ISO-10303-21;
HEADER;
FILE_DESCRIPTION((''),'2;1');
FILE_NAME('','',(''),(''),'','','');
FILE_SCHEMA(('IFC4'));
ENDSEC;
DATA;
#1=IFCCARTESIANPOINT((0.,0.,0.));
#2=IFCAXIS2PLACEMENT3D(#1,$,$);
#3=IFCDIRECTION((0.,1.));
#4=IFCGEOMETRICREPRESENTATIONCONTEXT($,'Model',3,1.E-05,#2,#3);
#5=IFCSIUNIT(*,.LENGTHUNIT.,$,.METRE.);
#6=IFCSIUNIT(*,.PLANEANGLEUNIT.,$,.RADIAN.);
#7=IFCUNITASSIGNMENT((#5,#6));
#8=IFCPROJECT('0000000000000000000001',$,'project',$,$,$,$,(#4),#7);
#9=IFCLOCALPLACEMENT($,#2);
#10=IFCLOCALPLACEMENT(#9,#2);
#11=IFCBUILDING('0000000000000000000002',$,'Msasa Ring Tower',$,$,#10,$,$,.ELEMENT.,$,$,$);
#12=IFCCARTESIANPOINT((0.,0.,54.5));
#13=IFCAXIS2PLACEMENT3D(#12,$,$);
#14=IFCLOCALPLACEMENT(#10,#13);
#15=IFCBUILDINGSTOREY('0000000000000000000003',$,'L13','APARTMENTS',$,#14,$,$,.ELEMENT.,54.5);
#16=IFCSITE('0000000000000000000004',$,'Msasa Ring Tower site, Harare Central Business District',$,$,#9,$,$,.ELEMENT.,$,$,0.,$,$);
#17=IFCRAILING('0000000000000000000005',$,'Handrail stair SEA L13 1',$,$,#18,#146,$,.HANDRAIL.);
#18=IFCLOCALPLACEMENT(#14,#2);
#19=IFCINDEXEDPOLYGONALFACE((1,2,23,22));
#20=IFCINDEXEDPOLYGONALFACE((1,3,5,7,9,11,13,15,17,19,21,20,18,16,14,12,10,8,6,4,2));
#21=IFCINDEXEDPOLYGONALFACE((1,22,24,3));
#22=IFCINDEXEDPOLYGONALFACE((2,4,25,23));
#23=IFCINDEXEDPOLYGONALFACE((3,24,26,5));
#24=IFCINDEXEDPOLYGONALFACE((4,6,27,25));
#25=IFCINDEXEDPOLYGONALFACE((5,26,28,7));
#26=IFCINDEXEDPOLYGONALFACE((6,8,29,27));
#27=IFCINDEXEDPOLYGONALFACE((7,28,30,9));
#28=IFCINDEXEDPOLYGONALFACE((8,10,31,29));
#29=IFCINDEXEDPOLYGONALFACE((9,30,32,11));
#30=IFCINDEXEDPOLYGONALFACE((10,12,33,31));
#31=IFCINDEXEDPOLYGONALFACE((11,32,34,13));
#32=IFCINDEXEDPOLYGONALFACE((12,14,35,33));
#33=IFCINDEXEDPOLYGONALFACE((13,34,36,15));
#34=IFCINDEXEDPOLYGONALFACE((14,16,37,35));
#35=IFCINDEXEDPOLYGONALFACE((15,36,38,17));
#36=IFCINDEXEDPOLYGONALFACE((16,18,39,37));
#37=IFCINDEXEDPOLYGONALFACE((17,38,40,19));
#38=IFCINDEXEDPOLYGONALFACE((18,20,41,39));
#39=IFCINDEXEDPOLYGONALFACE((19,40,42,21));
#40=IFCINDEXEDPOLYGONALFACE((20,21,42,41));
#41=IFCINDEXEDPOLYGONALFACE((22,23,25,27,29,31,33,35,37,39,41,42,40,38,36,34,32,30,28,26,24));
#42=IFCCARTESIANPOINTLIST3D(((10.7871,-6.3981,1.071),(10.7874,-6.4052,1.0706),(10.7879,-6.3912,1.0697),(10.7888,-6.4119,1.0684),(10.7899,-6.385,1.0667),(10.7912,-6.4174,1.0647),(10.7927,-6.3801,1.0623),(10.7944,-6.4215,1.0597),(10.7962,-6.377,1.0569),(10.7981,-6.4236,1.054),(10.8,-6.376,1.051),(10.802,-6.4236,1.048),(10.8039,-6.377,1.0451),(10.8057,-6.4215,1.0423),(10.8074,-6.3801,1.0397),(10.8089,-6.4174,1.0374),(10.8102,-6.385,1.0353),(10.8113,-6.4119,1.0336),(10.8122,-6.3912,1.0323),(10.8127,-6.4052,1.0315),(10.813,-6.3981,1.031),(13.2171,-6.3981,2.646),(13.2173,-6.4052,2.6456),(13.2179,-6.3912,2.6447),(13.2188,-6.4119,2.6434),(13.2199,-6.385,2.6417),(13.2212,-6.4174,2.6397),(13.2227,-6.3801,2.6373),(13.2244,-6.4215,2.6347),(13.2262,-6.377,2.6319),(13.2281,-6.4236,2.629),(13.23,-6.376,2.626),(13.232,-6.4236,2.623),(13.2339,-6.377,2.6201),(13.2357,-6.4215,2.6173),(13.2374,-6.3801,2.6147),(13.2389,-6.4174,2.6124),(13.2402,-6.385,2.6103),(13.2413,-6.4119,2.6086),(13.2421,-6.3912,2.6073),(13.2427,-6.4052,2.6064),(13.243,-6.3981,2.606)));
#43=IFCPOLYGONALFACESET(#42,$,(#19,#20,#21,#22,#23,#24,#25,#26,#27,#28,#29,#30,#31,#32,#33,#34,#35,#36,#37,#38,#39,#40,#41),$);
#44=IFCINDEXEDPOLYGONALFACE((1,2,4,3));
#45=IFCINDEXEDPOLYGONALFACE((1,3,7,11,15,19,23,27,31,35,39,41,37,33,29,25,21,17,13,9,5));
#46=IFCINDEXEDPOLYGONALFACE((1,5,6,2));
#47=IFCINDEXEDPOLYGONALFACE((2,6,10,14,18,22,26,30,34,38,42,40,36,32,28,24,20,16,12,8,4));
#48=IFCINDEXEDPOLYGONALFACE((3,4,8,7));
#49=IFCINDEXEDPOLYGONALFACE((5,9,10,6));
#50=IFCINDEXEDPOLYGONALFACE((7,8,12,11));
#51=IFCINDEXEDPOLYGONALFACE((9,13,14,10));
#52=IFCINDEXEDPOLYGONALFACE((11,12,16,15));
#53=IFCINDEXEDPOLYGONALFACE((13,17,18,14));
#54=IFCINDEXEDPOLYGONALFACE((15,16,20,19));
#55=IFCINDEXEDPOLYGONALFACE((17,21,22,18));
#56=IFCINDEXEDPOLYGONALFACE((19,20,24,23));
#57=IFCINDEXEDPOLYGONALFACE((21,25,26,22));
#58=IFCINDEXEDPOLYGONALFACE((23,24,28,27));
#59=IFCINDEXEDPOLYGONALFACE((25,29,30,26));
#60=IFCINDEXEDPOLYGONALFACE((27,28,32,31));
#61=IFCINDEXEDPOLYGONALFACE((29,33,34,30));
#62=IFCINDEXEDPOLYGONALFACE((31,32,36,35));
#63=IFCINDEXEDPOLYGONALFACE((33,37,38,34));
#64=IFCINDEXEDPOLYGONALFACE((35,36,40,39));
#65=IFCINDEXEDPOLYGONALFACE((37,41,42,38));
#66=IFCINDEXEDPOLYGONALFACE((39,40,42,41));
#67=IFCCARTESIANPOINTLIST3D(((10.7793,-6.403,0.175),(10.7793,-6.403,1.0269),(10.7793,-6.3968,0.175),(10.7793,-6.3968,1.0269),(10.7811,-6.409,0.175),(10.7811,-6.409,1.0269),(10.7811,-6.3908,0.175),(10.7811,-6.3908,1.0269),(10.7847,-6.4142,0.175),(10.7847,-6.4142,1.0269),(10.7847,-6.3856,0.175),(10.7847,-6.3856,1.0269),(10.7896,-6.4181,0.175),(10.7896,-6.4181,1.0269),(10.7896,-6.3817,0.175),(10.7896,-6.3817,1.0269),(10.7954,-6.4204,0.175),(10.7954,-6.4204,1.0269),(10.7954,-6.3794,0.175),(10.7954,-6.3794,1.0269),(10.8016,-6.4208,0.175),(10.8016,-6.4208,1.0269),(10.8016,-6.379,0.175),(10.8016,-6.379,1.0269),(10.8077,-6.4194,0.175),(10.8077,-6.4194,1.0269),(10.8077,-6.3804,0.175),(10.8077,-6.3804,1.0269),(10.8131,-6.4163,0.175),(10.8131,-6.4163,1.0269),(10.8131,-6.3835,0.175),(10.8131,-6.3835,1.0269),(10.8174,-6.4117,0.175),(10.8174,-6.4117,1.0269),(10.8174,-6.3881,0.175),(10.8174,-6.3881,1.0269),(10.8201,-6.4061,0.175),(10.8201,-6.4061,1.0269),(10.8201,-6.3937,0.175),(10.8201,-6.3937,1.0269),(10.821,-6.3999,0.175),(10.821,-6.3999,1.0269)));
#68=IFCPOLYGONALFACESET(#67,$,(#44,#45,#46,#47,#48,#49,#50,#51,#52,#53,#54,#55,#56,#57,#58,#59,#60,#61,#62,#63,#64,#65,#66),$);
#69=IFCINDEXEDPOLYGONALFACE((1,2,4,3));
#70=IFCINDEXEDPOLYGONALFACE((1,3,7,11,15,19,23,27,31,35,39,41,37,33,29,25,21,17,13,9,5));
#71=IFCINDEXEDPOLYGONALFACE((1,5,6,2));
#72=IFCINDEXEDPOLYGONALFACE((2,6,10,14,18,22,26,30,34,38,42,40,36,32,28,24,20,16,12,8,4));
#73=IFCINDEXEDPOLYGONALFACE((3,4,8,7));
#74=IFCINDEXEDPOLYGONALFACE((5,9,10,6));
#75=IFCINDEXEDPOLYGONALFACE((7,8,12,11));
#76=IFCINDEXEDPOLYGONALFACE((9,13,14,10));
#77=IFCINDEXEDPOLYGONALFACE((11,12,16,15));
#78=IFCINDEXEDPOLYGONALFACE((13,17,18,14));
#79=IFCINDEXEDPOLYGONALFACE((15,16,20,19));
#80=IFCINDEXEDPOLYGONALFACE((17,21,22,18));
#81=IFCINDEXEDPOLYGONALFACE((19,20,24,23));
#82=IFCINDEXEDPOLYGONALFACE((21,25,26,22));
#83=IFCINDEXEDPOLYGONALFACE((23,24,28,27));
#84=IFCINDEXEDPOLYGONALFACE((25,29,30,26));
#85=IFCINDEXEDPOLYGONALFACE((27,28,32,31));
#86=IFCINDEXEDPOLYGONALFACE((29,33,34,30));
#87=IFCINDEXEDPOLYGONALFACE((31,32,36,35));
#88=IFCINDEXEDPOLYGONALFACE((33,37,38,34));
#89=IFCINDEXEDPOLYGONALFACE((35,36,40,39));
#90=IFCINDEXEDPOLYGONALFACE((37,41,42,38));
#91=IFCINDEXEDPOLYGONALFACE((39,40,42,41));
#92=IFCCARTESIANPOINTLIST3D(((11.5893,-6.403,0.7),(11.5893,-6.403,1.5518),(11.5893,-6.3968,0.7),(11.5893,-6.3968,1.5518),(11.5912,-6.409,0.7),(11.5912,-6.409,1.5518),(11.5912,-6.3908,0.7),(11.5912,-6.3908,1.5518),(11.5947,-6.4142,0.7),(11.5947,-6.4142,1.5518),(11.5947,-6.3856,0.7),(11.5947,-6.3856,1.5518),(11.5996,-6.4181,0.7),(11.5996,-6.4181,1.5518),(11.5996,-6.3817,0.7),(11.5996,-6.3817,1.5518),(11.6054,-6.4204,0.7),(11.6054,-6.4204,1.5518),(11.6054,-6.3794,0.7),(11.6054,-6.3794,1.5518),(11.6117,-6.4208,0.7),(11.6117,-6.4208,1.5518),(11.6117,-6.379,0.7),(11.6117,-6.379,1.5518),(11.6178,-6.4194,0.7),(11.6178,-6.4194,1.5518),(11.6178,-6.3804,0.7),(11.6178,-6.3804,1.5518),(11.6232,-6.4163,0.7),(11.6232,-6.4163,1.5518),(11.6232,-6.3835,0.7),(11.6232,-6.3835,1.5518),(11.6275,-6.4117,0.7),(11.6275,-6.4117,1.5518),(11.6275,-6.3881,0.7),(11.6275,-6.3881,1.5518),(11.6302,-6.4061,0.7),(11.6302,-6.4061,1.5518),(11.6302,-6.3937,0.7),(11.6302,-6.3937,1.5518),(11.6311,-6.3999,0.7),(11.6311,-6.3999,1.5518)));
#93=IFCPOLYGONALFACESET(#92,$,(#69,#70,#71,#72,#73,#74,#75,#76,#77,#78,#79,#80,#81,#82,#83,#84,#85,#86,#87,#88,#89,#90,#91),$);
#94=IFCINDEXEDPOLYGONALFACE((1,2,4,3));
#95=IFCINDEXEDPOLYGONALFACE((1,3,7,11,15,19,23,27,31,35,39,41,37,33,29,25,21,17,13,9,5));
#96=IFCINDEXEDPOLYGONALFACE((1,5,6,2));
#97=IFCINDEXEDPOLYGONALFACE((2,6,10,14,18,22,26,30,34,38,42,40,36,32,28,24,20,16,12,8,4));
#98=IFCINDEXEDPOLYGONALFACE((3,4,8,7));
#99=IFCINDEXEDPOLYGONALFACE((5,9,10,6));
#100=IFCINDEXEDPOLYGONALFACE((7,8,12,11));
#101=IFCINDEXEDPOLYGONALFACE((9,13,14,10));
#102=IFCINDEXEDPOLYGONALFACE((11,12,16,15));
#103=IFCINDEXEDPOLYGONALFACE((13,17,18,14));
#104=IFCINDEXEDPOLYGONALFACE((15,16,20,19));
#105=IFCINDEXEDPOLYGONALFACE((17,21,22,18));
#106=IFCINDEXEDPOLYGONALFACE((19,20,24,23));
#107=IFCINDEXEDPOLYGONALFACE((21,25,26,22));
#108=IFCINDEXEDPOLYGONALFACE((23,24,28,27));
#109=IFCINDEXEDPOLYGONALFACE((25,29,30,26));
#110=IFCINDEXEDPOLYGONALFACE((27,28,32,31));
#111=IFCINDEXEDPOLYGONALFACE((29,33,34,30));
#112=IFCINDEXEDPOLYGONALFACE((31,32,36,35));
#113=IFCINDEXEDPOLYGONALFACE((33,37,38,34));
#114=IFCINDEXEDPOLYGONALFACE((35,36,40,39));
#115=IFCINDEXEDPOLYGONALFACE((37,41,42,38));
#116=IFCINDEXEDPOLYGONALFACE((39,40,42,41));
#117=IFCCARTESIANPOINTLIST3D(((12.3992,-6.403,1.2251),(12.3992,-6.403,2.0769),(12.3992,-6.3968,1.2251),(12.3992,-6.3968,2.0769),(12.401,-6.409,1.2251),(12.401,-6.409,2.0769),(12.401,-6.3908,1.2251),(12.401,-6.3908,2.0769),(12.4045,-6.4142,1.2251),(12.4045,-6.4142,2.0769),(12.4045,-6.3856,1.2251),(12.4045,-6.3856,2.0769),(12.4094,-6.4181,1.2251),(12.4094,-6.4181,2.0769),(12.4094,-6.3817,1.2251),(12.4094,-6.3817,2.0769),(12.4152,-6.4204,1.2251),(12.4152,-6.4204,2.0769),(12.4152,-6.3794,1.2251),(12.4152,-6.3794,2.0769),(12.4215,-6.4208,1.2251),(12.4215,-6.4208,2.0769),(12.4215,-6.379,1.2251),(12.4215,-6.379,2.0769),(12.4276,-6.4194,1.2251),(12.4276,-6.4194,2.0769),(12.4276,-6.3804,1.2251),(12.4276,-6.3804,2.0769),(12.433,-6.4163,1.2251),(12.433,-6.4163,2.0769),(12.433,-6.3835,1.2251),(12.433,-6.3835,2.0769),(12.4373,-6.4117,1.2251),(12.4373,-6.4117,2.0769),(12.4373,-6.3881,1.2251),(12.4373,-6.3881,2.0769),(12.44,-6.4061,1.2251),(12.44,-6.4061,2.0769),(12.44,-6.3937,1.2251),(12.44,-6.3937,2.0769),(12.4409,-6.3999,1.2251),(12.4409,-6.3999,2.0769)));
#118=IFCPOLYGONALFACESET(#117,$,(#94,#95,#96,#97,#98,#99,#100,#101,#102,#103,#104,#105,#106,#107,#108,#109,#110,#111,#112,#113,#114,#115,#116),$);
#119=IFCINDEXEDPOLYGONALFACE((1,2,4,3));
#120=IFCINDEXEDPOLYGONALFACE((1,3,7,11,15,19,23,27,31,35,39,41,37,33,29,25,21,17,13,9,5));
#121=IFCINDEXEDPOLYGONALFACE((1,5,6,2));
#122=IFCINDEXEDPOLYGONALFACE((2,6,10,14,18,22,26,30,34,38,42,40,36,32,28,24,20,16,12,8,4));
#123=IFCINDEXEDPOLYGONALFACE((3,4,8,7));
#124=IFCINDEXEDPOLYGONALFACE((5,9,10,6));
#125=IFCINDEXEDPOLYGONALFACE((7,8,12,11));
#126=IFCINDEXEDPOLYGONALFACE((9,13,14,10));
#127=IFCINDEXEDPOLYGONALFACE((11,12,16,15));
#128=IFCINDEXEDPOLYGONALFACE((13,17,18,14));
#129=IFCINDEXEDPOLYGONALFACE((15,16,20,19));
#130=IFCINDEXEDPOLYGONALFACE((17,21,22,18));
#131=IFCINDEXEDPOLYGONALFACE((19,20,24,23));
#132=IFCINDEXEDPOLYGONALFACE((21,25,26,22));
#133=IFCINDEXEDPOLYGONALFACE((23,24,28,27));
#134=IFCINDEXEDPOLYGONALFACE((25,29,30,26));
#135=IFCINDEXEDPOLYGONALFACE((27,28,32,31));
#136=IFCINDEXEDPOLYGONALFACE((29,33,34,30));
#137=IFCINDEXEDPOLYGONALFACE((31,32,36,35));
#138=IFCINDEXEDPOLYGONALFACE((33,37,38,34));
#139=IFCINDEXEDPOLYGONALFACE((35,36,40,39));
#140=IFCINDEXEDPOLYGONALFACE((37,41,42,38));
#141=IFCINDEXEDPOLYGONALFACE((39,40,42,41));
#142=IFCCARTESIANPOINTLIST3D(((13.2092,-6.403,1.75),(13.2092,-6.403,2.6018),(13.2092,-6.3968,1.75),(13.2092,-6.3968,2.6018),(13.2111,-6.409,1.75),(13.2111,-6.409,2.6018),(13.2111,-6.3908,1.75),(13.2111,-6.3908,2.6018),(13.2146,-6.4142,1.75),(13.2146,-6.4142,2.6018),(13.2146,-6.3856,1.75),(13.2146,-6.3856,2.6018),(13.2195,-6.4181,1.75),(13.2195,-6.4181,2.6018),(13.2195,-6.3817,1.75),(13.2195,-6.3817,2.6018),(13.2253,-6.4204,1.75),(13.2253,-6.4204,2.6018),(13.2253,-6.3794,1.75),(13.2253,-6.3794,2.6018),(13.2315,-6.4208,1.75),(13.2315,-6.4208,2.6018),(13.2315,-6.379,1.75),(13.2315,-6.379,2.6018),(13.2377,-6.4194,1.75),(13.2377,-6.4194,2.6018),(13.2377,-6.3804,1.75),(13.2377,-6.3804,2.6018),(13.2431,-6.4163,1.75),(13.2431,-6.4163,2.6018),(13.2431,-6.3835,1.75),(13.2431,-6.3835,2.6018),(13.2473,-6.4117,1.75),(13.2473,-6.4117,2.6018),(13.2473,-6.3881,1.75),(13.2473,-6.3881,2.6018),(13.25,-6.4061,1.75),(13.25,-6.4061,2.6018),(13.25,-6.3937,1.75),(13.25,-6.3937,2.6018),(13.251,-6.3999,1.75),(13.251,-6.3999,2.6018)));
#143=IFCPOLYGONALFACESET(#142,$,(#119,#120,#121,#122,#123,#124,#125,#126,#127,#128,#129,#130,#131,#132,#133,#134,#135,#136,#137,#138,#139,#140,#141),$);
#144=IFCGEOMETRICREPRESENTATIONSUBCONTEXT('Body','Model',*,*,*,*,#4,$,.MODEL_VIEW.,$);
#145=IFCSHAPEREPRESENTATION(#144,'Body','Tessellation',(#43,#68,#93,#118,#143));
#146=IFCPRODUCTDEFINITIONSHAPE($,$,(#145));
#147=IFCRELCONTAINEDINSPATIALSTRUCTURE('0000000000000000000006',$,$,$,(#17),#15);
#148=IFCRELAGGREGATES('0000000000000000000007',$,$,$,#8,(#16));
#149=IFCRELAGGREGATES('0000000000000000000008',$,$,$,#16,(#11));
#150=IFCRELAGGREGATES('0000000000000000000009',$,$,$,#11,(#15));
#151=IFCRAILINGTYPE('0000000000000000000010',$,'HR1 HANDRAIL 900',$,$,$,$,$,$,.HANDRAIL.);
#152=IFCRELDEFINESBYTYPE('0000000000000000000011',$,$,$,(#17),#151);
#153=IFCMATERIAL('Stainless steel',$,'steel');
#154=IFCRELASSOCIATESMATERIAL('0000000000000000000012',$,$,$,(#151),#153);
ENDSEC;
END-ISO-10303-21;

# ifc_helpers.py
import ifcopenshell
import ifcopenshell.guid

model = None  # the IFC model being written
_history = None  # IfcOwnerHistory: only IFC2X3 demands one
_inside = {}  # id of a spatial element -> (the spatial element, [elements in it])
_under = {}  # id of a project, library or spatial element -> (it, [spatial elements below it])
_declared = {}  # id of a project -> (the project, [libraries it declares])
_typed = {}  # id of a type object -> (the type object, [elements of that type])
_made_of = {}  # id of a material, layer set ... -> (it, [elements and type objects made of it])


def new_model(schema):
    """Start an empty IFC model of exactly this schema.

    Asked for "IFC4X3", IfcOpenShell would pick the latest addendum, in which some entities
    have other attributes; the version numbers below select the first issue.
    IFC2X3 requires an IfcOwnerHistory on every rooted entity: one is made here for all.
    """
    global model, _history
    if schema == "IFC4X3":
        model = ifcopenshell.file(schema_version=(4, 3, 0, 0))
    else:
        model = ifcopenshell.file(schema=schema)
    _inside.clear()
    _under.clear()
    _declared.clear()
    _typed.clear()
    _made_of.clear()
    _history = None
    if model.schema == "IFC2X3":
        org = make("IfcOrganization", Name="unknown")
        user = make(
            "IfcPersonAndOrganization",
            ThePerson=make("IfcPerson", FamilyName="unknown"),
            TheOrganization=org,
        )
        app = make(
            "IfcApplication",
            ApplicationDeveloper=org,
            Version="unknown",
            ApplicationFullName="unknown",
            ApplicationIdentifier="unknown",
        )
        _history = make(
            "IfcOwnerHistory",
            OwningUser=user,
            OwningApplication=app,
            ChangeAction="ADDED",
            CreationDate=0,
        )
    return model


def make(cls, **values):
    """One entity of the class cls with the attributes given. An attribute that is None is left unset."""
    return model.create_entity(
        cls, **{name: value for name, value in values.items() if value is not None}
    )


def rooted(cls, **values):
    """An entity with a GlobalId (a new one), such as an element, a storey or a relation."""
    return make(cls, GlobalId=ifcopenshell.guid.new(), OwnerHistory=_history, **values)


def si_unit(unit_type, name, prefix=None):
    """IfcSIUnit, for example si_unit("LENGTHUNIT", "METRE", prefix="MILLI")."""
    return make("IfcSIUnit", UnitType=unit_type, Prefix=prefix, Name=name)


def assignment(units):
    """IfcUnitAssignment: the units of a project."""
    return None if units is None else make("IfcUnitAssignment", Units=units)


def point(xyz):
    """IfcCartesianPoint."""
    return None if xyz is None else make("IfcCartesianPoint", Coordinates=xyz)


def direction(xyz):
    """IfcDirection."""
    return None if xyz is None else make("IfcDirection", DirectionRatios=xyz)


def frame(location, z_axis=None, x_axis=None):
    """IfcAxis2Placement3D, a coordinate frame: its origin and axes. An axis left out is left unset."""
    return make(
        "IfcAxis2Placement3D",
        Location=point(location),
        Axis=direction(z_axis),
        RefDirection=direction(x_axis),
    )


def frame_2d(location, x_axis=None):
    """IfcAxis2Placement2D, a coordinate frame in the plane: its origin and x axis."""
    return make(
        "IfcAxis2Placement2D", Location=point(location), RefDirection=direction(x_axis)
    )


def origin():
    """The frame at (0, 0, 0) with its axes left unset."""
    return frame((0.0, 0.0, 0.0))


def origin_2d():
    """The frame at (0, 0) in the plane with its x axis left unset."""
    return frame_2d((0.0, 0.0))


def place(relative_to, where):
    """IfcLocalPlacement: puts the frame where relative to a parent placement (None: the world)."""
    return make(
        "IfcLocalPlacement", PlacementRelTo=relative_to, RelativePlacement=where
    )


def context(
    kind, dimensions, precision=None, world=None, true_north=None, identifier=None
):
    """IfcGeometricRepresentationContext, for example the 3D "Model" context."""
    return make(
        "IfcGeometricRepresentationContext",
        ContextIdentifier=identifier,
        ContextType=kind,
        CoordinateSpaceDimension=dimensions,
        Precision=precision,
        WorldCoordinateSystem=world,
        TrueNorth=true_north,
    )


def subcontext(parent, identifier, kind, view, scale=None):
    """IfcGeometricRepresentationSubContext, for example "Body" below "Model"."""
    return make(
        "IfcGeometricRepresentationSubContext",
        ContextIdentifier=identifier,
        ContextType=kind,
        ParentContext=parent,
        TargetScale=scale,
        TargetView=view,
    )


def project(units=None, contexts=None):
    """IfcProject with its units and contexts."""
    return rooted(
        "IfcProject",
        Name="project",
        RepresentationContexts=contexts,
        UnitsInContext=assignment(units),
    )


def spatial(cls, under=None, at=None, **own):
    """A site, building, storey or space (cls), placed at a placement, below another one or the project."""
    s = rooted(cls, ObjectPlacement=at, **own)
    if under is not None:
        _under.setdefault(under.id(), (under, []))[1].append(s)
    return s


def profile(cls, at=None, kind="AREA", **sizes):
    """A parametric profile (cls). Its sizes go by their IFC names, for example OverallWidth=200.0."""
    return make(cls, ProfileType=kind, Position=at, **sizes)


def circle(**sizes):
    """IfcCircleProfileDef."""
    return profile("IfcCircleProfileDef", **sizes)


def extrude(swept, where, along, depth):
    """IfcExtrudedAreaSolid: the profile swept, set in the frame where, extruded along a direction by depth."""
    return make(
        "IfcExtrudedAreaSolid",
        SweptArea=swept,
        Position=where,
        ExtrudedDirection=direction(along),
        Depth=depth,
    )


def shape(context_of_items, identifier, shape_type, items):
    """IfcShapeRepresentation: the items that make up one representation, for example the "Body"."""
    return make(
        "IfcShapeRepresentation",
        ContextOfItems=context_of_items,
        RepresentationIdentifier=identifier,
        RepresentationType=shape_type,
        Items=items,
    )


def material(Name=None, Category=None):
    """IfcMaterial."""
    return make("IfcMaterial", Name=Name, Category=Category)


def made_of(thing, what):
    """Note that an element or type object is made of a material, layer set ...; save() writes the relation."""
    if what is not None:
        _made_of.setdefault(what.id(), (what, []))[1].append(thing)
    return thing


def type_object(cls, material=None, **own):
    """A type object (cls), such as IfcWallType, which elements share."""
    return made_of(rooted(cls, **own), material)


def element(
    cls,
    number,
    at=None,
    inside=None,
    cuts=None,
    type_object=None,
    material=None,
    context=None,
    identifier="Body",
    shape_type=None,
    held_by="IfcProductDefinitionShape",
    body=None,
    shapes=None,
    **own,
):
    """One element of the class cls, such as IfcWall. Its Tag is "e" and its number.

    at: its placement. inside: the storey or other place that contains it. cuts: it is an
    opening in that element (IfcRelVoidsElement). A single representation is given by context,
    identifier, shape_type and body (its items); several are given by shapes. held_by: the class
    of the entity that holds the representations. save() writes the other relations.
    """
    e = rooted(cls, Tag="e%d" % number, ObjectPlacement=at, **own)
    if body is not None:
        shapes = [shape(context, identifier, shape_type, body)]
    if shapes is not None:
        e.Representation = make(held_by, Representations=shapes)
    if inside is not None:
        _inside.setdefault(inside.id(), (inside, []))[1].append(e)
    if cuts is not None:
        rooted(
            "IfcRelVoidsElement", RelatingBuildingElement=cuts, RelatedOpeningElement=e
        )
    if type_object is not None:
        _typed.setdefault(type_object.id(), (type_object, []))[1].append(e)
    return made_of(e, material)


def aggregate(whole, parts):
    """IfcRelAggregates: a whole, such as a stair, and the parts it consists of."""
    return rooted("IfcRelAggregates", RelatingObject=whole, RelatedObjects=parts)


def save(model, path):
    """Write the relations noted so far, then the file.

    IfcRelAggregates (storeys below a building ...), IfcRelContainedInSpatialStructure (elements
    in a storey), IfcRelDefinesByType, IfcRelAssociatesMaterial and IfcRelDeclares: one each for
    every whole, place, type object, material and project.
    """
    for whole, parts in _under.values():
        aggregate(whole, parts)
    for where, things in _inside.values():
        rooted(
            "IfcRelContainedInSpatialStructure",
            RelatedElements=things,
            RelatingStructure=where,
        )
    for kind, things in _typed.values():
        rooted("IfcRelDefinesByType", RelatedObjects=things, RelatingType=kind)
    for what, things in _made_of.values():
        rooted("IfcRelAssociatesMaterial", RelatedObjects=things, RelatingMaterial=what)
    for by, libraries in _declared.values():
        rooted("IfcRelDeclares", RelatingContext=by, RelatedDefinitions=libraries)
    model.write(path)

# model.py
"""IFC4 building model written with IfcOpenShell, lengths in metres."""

from ifc_helpers import new_model, si_unit, direction, frame, origin, origin_2d, place, context, subcontext, project, spatial, circle, extrude, material, type_object, element, save


model = new_model("IFC4")

# Units and contexts
model_context = context("Model", 3, precision=1e-05, world=origin(), true_north=direction((0.0, 1.0)))
body_context = subcontext(model_context, "Body", "Model", "MODEL_VIEW")
ifc_project = project(units=[si_unit("LENGTHUNIT", "METRE"), si_unit("PLANEANGLEUNIT", "RADIAN")], contexts=[model_context])

# Site, building, storey
site_placement = place(None, origin())
site = spatial("IfcSite", under=ifc_project, at=site_placement, Name="Msasa Ring Tower site, Harare Central Business District", CompositionType="ELEMENT", RefElevation=0.0)
building_placement = place(site_placement, origin())
building = spatial("IfcBuilding", under=site, at=building_placement, Name="Msasa Ring Tower", CompositionType="ELEMENT")
storey_placement = place(building_placement, frame((0.0, 0.0, 54.5)))
storey = spatial("IfcBuildingStorey", under=building, at=storey_placement, Name="L13", Description="APARTMENTS", CompositionType="ELEMENT", Elevation=54.5)

# Railing
ifc_material_1 = material(Name="Stainless steel", Category="steel")
railing_type = type_object("IfcRailingType", Name="HR1 HANDRAIL 900", PredefinedType="HANDRAIL", material=ifc_material_1)
for number, where, name in (
    (1, (10.8, -6.3999, 0.175), "Handrail stair SEA L13 1"),
):
    element("IfcRailing", number, at=place(storey_placement, frame(where)), inside=storey, type_object=railing_type, Name=name, PredefinedType="HANDRAIL", context=body_context, shape_type="SweptSolid", body=[
        extrude(circle(Radius=0.0239, at=origin_2d()), frame((0.0, 0.0, 0.876), z_axis=(0.839154, 0.0, 0.543894), x_axis=(0.0, 1.0, 0.0)), (0.0, 0.0, 1.0), 2.8958),
        extrude(circle(Radius=0.021, at=origin_2d()), origin(), (0.0, 0.0, 1.0), 0.8518),
        extrude(circle(Radius=0.021, at=origin_2d()), frame((0.8101, 0.0, 0.5249)), (0.0, 0.0, 1.0), 0.8518),
        extrude(circle(Radius=0.021, at=origin_2d()), frame((1.6199, 0.0, 1.05)), (0.0, 0.0, 1.0), 0.8518),
        extrude(circle(Radius=0.021, at=origin_2d()), frame((2.4299, 0.0, 1.575)), (0.0, 0.0, 1.0), 0.8518),
    ])

save(model, "model.ifc")
